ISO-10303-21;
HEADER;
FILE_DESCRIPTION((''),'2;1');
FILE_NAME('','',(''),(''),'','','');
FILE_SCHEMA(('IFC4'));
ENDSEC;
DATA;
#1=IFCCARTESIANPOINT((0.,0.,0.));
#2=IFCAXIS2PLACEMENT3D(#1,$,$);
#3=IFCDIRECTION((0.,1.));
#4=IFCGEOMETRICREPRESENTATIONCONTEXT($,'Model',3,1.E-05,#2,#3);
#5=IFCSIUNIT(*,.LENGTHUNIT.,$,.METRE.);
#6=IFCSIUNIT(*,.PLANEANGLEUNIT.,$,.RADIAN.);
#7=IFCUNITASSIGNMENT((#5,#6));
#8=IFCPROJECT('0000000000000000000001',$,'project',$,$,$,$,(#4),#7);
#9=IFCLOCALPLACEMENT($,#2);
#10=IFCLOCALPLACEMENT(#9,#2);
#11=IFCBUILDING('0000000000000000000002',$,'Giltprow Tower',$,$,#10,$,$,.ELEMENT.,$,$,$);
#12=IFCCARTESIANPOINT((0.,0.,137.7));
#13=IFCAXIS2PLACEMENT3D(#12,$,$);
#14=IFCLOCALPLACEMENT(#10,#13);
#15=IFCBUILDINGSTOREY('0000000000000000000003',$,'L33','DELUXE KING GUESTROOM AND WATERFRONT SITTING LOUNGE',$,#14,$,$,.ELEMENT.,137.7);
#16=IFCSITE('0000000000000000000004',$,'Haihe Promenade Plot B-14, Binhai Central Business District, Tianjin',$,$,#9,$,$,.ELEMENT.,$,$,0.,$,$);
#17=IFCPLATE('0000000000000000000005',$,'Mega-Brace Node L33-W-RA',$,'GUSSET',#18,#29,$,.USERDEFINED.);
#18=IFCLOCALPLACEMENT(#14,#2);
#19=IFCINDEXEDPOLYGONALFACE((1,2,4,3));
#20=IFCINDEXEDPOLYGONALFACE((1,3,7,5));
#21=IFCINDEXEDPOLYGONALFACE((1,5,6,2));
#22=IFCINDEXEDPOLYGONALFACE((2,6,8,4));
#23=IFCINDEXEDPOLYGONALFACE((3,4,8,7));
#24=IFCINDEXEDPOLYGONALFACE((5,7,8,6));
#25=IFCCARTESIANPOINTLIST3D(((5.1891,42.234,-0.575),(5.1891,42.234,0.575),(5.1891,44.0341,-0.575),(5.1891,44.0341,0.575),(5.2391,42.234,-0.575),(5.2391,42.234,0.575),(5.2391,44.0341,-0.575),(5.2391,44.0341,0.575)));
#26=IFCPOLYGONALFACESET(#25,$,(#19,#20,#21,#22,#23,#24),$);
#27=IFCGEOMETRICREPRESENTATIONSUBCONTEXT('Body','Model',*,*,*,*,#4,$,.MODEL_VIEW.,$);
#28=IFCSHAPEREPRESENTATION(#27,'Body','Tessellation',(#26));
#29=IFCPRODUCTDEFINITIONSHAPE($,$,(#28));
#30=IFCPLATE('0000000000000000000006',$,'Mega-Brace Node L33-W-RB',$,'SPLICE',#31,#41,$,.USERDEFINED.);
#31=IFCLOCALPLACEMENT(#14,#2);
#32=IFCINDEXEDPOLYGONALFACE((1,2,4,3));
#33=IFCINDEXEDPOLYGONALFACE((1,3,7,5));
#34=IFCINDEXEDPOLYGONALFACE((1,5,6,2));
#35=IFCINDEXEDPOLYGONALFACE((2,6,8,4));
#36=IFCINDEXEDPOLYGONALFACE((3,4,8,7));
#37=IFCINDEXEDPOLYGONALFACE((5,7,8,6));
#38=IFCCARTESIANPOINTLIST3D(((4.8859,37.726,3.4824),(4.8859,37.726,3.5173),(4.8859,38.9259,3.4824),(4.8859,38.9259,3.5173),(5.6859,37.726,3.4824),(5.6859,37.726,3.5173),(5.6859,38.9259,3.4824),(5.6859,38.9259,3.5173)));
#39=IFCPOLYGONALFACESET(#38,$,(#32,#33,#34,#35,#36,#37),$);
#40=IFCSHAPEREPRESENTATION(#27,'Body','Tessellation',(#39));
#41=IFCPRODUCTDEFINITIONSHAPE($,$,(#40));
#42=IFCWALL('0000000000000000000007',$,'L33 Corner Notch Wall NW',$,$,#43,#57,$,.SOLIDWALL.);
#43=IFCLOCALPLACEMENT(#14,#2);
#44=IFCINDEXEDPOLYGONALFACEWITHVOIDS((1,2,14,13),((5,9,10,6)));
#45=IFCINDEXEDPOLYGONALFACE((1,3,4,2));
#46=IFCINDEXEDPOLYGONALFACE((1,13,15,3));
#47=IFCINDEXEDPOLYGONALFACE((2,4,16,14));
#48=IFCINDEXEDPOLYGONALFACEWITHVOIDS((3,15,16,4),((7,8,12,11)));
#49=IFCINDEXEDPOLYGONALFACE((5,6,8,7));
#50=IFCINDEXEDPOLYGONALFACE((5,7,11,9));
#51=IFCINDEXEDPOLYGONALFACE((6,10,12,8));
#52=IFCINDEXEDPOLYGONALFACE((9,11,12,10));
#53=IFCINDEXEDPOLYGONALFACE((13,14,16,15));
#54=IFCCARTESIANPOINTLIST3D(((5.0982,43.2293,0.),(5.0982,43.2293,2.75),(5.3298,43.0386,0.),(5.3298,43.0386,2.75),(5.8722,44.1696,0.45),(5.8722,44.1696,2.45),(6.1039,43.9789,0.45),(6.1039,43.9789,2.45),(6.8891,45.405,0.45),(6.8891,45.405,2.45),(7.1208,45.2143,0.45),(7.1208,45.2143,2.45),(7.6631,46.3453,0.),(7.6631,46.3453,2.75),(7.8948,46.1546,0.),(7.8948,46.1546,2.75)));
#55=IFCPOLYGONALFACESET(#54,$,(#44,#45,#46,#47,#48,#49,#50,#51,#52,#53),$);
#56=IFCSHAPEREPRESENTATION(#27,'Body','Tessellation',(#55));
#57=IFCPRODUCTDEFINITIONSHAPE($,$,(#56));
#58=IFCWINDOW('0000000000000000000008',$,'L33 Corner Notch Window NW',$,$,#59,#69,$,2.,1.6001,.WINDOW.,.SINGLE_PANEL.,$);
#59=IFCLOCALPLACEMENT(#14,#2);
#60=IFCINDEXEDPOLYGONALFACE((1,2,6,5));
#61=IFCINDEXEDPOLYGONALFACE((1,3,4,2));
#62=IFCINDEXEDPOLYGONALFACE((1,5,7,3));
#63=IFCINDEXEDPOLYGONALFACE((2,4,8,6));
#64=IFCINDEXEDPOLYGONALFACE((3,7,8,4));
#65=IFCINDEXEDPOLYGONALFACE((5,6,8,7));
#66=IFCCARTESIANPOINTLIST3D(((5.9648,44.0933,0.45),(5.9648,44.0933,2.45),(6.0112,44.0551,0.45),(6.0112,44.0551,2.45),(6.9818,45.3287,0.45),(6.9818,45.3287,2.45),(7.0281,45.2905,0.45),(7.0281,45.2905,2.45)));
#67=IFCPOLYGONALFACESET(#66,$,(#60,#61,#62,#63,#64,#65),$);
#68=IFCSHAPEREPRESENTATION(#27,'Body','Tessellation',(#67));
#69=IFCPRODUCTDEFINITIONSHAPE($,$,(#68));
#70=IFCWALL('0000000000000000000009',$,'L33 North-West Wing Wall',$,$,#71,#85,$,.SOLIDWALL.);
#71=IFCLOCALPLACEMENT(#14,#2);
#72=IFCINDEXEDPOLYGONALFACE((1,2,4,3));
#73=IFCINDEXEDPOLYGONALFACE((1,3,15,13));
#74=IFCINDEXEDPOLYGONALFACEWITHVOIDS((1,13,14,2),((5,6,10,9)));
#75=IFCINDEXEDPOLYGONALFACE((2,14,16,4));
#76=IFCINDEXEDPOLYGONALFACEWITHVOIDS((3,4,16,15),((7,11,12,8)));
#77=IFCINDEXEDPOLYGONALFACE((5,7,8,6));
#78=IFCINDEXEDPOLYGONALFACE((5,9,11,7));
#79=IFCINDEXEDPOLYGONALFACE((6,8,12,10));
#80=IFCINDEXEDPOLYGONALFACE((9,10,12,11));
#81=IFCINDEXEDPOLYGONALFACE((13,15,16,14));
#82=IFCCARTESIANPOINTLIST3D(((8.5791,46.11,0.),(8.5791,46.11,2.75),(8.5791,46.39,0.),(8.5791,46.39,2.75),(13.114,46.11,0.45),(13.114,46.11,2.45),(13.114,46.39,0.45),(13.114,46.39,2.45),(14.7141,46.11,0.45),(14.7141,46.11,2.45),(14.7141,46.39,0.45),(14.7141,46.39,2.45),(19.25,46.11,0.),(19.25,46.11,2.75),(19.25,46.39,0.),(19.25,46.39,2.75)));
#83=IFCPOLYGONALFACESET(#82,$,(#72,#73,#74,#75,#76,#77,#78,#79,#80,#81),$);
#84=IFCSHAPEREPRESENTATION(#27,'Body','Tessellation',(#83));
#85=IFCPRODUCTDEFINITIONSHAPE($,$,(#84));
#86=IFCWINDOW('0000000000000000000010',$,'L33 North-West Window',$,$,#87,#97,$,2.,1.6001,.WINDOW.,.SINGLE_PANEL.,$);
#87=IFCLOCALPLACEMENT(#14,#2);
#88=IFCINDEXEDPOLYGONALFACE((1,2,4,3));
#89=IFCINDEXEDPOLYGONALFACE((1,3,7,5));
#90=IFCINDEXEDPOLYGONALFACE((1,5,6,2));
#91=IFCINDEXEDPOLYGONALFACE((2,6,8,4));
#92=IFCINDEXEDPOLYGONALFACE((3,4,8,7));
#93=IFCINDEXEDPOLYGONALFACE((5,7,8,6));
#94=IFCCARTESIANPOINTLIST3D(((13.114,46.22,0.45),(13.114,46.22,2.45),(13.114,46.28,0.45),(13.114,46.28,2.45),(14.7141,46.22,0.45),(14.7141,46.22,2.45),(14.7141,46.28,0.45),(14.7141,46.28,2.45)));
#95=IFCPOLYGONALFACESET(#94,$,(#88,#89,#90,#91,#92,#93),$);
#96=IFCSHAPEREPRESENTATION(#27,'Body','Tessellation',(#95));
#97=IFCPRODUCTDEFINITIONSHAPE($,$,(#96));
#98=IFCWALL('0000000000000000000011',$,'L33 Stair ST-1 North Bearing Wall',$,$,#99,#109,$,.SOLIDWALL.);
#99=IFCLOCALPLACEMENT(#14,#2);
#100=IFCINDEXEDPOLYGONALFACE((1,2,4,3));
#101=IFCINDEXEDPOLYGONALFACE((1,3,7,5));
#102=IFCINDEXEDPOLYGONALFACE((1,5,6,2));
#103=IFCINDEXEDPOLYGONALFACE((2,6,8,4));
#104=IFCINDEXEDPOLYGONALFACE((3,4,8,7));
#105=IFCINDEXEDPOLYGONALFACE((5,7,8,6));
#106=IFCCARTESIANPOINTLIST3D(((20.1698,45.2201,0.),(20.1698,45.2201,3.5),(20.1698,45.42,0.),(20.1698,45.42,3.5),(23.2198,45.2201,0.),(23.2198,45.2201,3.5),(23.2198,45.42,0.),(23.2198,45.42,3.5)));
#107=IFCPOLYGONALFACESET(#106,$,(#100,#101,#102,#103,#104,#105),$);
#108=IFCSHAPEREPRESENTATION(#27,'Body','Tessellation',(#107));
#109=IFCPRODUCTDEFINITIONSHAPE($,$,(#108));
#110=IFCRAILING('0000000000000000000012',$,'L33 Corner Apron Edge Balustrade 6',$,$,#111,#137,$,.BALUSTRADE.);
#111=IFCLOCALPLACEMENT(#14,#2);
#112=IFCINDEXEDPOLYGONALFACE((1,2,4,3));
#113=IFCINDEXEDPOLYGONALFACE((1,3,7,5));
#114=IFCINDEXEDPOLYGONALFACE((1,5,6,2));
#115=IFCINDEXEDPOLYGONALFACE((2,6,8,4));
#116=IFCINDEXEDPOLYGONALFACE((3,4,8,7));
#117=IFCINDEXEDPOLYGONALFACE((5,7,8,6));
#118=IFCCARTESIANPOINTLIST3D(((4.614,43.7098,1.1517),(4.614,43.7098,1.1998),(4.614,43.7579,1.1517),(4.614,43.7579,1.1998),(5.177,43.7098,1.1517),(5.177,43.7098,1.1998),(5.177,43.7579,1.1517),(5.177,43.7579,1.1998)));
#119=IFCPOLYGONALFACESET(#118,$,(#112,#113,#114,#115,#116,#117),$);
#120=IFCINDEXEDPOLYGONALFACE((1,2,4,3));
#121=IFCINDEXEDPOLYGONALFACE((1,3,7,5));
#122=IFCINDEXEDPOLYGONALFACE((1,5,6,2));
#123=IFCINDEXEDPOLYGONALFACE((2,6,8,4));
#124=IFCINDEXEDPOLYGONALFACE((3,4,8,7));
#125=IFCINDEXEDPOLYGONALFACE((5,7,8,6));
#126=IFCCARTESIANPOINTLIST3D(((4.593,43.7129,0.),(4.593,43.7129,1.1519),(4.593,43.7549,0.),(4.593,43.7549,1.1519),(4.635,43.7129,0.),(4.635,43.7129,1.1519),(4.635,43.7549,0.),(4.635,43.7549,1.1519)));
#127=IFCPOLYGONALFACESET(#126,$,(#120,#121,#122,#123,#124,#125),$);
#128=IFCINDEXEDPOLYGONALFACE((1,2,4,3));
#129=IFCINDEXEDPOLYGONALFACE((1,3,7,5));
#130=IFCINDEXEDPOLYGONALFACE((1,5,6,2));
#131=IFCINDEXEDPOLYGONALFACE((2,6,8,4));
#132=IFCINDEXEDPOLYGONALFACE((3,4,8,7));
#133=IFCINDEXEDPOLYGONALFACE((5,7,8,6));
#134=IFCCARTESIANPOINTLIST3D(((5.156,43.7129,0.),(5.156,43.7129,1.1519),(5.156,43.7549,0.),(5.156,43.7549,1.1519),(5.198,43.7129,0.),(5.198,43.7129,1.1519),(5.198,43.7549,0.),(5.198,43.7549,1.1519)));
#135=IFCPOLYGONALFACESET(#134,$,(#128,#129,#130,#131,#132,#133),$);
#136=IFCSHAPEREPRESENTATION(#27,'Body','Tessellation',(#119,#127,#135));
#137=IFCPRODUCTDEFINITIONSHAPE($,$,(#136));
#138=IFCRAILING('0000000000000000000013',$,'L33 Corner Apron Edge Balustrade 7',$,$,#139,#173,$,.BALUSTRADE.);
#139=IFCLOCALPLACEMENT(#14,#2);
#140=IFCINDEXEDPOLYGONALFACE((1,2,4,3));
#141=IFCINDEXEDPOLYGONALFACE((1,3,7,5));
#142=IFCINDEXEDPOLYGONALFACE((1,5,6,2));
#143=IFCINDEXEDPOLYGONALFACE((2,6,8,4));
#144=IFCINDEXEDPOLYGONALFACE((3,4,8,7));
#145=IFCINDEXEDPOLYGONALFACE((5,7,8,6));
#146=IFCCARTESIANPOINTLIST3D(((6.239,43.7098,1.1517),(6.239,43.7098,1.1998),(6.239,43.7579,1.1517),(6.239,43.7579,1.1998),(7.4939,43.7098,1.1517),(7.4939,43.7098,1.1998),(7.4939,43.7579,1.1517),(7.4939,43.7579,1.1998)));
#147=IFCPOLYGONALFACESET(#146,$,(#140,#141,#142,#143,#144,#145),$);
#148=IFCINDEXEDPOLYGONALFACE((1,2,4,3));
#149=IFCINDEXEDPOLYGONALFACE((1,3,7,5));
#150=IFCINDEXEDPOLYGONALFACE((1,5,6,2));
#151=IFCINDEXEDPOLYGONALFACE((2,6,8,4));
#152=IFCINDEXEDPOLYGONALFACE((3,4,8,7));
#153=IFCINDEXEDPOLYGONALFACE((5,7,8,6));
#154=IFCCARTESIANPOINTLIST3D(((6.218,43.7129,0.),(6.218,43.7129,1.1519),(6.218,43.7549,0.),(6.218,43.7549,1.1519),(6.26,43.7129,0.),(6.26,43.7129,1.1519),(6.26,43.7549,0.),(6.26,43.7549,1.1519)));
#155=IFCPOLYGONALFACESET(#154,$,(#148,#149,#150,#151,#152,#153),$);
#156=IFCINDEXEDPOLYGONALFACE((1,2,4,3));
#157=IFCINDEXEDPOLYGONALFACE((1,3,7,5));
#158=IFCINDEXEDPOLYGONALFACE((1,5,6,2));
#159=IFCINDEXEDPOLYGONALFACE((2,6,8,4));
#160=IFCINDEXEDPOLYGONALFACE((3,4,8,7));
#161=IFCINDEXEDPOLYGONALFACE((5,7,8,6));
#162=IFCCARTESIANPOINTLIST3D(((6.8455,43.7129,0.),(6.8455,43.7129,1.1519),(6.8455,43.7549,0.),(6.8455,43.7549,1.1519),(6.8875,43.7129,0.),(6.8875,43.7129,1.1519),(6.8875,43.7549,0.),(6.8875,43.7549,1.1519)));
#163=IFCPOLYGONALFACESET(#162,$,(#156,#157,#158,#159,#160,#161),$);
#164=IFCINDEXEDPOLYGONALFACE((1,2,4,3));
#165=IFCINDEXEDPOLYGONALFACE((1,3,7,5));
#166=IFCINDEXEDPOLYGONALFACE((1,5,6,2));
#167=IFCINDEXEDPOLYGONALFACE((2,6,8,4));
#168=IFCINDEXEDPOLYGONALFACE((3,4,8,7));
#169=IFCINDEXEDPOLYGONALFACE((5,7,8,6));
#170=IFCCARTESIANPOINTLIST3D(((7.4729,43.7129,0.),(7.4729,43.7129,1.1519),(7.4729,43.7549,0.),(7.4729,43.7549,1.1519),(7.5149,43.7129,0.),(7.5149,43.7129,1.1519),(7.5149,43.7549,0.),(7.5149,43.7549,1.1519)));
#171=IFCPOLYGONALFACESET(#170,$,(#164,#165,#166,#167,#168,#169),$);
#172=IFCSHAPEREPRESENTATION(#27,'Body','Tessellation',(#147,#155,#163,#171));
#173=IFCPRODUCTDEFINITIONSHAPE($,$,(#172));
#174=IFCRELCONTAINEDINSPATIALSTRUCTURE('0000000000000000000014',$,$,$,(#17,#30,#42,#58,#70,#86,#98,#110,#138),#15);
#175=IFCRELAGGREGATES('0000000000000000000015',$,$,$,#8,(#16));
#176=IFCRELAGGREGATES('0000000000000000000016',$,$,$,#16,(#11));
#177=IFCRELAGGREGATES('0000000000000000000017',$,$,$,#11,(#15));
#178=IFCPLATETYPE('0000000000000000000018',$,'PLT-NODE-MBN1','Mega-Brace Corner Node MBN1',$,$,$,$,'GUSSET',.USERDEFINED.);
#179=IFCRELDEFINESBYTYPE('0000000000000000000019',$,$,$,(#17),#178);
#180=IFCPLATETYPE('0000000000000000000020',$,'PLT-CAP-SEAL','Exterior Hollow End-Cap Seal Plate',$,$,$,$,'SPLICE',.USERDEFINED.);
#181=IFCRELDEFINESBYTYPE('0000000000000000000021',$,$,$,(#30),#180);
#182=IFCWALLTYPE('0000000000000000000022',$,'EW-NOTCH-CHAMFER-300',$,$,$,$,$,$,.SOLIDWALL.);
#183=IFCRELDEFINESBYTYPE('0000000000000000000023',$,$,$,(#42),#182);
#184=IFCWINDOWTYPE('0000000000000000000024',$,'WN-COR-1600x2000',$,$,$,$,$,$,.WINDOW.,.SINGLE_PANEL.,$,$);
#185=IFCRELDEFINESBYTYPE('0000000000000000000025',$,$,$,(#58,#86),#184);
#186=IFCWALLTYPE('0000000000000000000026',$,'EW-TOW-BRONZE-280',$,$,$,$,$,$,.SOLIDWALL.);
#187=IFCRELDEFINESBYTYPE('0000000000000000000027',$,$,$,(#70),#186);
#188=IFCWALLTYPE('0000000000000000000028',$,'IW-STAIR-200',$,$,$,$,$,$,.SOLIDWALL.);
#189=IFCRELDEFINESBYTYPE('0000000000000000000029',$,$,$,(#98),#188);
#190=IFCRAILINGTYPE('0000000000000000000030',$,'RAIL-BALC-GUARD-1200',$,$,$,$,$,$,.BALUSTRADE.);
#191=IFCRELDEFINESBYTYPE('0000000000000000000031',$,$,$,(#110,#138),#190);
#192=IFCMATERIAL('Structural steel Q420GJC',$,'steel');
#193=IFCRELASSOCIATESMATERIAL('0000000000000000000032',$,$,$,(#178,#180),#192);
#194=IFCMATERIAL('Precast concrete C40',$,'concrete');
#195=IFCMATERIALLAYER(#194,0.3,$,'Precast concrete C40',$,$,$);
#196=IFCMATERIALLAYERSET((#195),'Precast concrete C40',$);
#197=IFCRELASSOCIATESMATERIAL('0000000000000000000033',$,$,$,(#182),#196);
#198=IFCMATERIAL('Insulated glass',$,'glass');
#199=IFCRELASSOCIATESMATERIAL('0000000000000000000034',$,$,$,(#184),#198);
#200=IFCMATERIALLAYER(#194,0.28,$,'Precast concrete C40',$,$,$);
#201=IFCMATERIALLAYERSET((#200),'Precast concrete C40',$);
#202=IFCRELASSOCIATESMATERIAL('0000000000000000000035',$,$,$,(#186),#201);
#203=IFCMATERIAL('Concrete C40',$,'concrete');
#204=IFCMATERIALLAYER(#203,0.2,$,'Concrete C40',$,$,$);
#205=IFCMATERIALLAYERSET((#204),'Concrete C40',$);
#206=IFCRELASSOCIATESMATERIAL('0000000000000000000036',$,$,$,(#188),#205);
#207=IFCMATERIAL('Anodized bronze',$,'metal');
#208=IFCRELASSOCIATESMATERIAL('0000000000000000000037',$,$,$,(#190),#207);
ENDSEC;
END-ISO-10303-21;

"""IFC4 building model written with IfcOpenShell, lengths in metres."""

from ifc_helpers import new_model, si_unit, direction, frame, frame_2d, origin, origin_2d, place, context, subcontext, project, spatial, rectangle, extrude, source, transform, mapped, material, layer, layer_set, type_object, element, fill, save


model = new_model("IFC4")

# Units and contexts
model_context = context("Model", 3, precision=1e-05, world=origin(), true_north=direction((0.0, 1.0)))
body_context = subcontext(model_context, "Body", "Model", "MODEL_VIEW")
ifc_project = project(units=[si_unit("LENGTHUNIT", "METRE"), si_unit("PLANEANGLEUNIT", "RADIAN")], contexts=[model_context])

# Site, building, storey
site_placement = place(None, origin())
site = spatial("IfcSite", under=ifc_project, at=site_placement, Name="Haihe Promenade Plot B-14, Binhai Central Business District, Tianjin", CompositionType="ELEMENT", RefElevation=0.0)
building_placement = place(site_placement, origin())
building = spatial("IfcBuilding", under=site, at=building_placement, Name="Giltprow Tower", CompositionType="ELEMENT")
storey_placement = place(building_placement, frame((0.0, 0.0, 137.7)))
storey = spatial("IfcBuildingStorey", under=building, at=storey_placement, Name="L33", Description="DELUXE KING GUESTROOM AND WATERFRONT SITTING LOUNGE", CompositionType="ELEMENT", Elevation=137.7)

# Shared definitions
ifc_material_1 = material(Name="Structural steel Q420GJC", Category="steel")

# Plates
plate_type_1 = type_object("IfcPlateType", Name="PLT-NODE-MBN1", Description="Mega-Brace Corner Node MBN1", ElementType="GUSSET", PredefinedType="USERDEFINED", material=ifc_material_1)
shared_shape_1 = source(origin(), body_context, "Body", "SweptSolid", [
    extrude(rectangle(XDim=1.8, YDim=0.05, at=origin_2d()), origin(), (0.0, 0.0, 1.0), 1.1499),
])
for number, where, z_axis, x_axis, name in (
    (1, (5.2141, 43.134, -0.575), (0.0, 0.0, 1.0), (0.0, 1.0, 0.0), "Mega-Brace Node L33-W-RA"),
):
    element("IfcPlate", number, at=place(storey_placement, frame(where, z_axis=z_axis, x_axis=x_axis)), inside=storey, type_object=plate_type_1, Name=name, ObjectType="GUSSET", PredefinedType="USERDEFINED", context=body_context, shape_type="MappedRepresentation", body=[
        mapped(shared_shape_1, transform((0.0, 0.0, 0.0), x_axis=(1.0, 0.0, 0.0), y_axis=(0.0, 1.0, 0.0), z_axis=(0.0, 0.0, 1.0), scale=1.0)),
    ])
plate_type_2 = type_object("IfcPlateType", Name="PLT-CAP-SEAL", Description="Exterior Hollow End-Cap Seal Plate", ElementType="SPLICE", PredefinedType="USERDEFINED", material=ifc_material_1)
shared_shape_2 = source(origin(), body_context, "Body", "SweptSolid", [
    extrude(rectangle(XDim=1.2, YDim=0.8, at=origin_2d()), origin(), (0.0, 0.0, 1.0), 0.0349),
])
plate_placement = place(storey_placement, frame((5.2859, 38.3259, 3.4824), z_axis=(0.0, 0.0, 1.0), x_axis=(0.0, 1.0, 0.0)))
element("IfcPlate", 2, at=plate_placement, inside=storey, type_object=plate_type_2, Name="Mega-Brace Node L33-W-RB", ObjectType="SPLICE", PredefinedType="USERDEFINED", context=body_context, shape_type="MappedRepresentation", body=[
    mapped(shared_shape_2, transform((0.0, 0.0, 0.0), x_axis=(1.0, 0.0, 0.0), y_axis=(0.0, 1.0, 0.0), z_axis=(0.0, 0.0, 1.0), scale=1.0)),
])

# Walls, openings, windows
ifc_material_2 = material(Name="Precast concrete C40", Category="concrete")
ifc_layer_1 = layer(ifc_material_2, 0.3, Name="Precast concrete C40")
ifc_layer_set_1 = layer_set([ifc_layer_1], Name="Precast concrete C40")
wall_type_1 = type_object("IfcWallType", Name="EW-NOTCH-CHAMFER-300", PredefinedType="SOLIDWALL", material=ifc_layer_set_1)
wall_1_placement = place(storey_placement, frame((7.7791, 46.25, 0.0), z_axis=(0.0, 0.0, 1.0), x_axis=(-0.635538, -0.77207, 0.0)))
wall_1 = element("IfcWall", 3, at=wall_1_placement, inside=storey, type_object=wall_type_1, Name="L33 Corner Notch Wall NW", PredefinedType="SOLIDWALL", context=body_context, shape_type="SweptSolid", body=[
    extrude(rectangle(XDim=4.0359, YDim=0.3, at=frame_2d((2.0181, 0.0))), origin(), (0.0, 0.0, 1.0), 2.75),
])
opening_1_placement = place(wall_1_placement, frame((1.218, 0.0, 0.45)))
opening_1 = element("IfcOpeningElement", 4, at=opening_1_placement, cuts=wall_1, PredefinedType="OPENING", context=body_context, shape_type="SweptSolid", body=[
    extrude(rectangle(XDim=1.6001, YDim=2.0, at=frame_2d((0.8, 1.0))), frame((0.0, 0.1599, 0.0), z_axis=(0.0, -1.0, 0.0), x_axis=(1.0, 0.0, 0.0)), (0.0, 0.0, 1.0), 0.3201),
])
ifc_material_3 = material(Name="Insulated glass", Category="glass")
window_type = type_object("IfcWindowType", Name="WN-COR-1600x2000", PartitioningType="SINGLE_PANEL", PredefinedType="WINDOW", material=ifc_material_3)
shared_shape_3 = source(origin(), body_context, "Body", "SweptSolid", [
    extrude(rectangle(XDim=1.6001, YDim=2.0, at=frame_2d((0.8, 1.0))), frame((0.0, 0.03, 0.0), z_axis=(0.0, -1.0, 0.0), x_axis=(1.0, 0.0, 0.0)), (0.0, 0.0, 1.0), 0.0601),
])
window_1_placement = place(opening_1_placement, origin())
window_1 = element("IfcWindow", 5, at=window_1_placement, inside=storey, type_object=window_type, Name="L33 Corner Notch Window NW", OverallHeight=2.0, OverallWidth=1.6001, PartitioningType="SINGLE_PANEL", PredefinedType="WINDOW", context=body_context, shape_type="MappedRepresentation", body=[
    mapped(shared_shape_3, transform((0.0, 0.0, 0.0), x_axis=(1.0, 0.0, 0.0), y_axis=(0.0, 1.0, 0.0), z_axis=(0.0, 0.0, 1.0), scale=1.0)),
])
fill(opening_1, window_1)
ifc_layer_2 = layer(ifc_material_2, 0.28, Name="Precast concrete C40")
ifc_layer_set_2 = layer_set([ifc_layer_2], Name="Precast concrete C40")
wall_type_2 = type_object("IfcWallType", Name="EW-TOW-BRONZE-280", PredefinedType="SOLIDWALL", material=ifc_layer_set_2)
wall_2_placement = place(storey_placement, frame((8.5791, 46.25, 0.0), z_axis=(0.0, 0.0, 1.0), x_axis=(1.0, 0.0, 0.0)))
wall_2 = element("IfcWall", 6, at=wall_2_placement, inside=storey, type_object=wall_type_2, Name="L33 North-West Wing Wall", PredefinedType="SOLIDWALL", context=body_context, shape_type="SweptSolid", body=[
    extrude(rectangle(XDim=10.6709, YDim=0.28, at=frame_2d((5.3354, 0.0))), origin(), (0.0, 0.0, 1.0), 2.75),
])
opening_2_placement = place(wall_2_placement, frame((4.5349, 0.0, 0.45)))
opening_2 = element("IfcOpeningElement", 7, at=opening_2_placement, cuts=wall_2, PredefinedType="OPENING", context=body_context, shape_type="SweptSolid", body=[
    extrude(rectangle(XDim=1.6001, YDim=2.0, at=frame_2d((0.8, 1.0))), frame((0.0, 0.1499, 0.0), z_axis=(0.0, -1.0, 0.0), x_axis=(1.0, 0.0, 0.0)), (0.0, 0.0, 1.0), 0.3),
])
window_2_placement = place(opening_2_placement, origin())
window_2 = element("IfcWindow", 8, at=window_2_placement, inside=storey, type_object=window_type, Name="L33 North-West Window", OverallHeight=2.0, OverallWidth=1.6001, PartitioningType="SINGLE_PANEL", PredefinedType="WINDOW", context=body_context, shape_type="MappedRepresentation", body=[
    mapped(shared_shape_3, transform((0.0, 0.0, 0.0), x_axis=(1.0, 0.0, 0.0), y_axis=(0.0, 1.0, 0.0), z_axis=(0.0, 0.0, 1.0), scale=1.0)),
])
fill(opening_2, window_2)

# Wall
ifc_material_4 = material(Name="Concrete C40", Category="concrete")
ifc_layer_3 = layer(ifc_material_4, 0.2, Name="Concrete C40")
ifc_layer_set_3 = layer_set([ifc_layer_3], Name="Concrete C40")
wall_type_3 = type_object("IfcWallType", Name="IW-STAIR-200", PredefinedType="SOLIDWALL", material=ifc_layer_set_3)
wall_3_placement = place(storey_placement, frame((20.1699, 45.3201, 0.0), z_axis=(0.0, 0.0, 1.0), x_axis=(1.0, 0.0, 0.0)))
element("IfcWall", 9, at=wall_3_placement, inside=storey, type_object=wall_type_3, Name="L33 Stair ST-1 North Bearing Wall", PredefinedType="SOLIDWALL", context=body_context, shape_type="SweptSolid", body=[
    extrude(rectangle(XDim=3.05, YDim=0.2, at=frame_2d((1.5249, 0.0))), origin(), (0.0, 0.0, 1.0), 3.5),
])

# Railings
ifc_material_5 = material(Name="Anodized bronze", Category="metal")
railing_type_1 = type_object("IfcRailingType", Name="RAIL-BALC-GUARD-1200", PredefinedType="BALUSTRADE", material=ifc_material_5)
railing_1_placement = place(storey_placement, frame((4.614, 43.7339, 0.0)))
element("IfcRailing", 10, at=railing_1_placement, inside=storey, type_object=railing_type_1, Name="L33 Corner Apron Edge Balustrade 6", PredefinedType="BALUSTRADE", context=body_context, shape_type="SweptSolid", body=[
    extrude(rectangle(XDim=0.0481, YDim=0.0481, at=origin_2d()), frame((0.0, 0.0, 1.1758), z_axis=(1.0, 0.0, 0.0), x_axis=(0.0, 1.0, 0.0)), (0.0, 0.0, 1.0), 0.563),
    extrude(rectangle(XDim=0.042, YDim=0.042, at=origin_2d()), origin(), (0.0, 0.0, 1.0), 1.1519),
    extrude(rectangle(XDim=0.042, YDim=0.042, at=origin_2d()), frame((0.563, 0.0, 0.0)), (0.0, 0.0, 1.0), 1.1519),
])
railing_2_placement = place(storey_placement, frame((6.239, 43.7339, 0.0)))
element("IfcRailing", 11, at=railing_2_placement, inside=storey, type_object=railing_type_1, Name="L33 Corner Apron Edge Balustrade 7", PredefinedType="BALUSTRADE", context=body_context, shape_type="SweptSolid", body=[
    extrude(rectangle(XDim=0.0481, YDim=0.0481, at=origin_2d()), frame((0.0, 0.0, 1.1758), z_axis=(1.0, 0.0, 0.0), x_axis=(0.0, 1.0, 0.0)), (0.0, 0.0, 1.0), 1.2549),
    extrude(rectangle(XDim=0.042, YDim=0.042, at=origin_2d()), origin(), (0.0, 0.0, 1.0), 1.1519),
    extrude(rectangle(XDim=0.042, YDim=0.042, at=origin_2d()), frame((0.6274, 0.0, 0.0)), (0.0, 0.0, 1.0), 1.1519),
    extrude(rectangle(XDim=0.042, YDim=0.042, at=origin_2d()), frame((1.2549, 0.0, 0.0)), (0.0, 0.0, 1.0), 1.1519),
])

save(model, "model.ifc")
